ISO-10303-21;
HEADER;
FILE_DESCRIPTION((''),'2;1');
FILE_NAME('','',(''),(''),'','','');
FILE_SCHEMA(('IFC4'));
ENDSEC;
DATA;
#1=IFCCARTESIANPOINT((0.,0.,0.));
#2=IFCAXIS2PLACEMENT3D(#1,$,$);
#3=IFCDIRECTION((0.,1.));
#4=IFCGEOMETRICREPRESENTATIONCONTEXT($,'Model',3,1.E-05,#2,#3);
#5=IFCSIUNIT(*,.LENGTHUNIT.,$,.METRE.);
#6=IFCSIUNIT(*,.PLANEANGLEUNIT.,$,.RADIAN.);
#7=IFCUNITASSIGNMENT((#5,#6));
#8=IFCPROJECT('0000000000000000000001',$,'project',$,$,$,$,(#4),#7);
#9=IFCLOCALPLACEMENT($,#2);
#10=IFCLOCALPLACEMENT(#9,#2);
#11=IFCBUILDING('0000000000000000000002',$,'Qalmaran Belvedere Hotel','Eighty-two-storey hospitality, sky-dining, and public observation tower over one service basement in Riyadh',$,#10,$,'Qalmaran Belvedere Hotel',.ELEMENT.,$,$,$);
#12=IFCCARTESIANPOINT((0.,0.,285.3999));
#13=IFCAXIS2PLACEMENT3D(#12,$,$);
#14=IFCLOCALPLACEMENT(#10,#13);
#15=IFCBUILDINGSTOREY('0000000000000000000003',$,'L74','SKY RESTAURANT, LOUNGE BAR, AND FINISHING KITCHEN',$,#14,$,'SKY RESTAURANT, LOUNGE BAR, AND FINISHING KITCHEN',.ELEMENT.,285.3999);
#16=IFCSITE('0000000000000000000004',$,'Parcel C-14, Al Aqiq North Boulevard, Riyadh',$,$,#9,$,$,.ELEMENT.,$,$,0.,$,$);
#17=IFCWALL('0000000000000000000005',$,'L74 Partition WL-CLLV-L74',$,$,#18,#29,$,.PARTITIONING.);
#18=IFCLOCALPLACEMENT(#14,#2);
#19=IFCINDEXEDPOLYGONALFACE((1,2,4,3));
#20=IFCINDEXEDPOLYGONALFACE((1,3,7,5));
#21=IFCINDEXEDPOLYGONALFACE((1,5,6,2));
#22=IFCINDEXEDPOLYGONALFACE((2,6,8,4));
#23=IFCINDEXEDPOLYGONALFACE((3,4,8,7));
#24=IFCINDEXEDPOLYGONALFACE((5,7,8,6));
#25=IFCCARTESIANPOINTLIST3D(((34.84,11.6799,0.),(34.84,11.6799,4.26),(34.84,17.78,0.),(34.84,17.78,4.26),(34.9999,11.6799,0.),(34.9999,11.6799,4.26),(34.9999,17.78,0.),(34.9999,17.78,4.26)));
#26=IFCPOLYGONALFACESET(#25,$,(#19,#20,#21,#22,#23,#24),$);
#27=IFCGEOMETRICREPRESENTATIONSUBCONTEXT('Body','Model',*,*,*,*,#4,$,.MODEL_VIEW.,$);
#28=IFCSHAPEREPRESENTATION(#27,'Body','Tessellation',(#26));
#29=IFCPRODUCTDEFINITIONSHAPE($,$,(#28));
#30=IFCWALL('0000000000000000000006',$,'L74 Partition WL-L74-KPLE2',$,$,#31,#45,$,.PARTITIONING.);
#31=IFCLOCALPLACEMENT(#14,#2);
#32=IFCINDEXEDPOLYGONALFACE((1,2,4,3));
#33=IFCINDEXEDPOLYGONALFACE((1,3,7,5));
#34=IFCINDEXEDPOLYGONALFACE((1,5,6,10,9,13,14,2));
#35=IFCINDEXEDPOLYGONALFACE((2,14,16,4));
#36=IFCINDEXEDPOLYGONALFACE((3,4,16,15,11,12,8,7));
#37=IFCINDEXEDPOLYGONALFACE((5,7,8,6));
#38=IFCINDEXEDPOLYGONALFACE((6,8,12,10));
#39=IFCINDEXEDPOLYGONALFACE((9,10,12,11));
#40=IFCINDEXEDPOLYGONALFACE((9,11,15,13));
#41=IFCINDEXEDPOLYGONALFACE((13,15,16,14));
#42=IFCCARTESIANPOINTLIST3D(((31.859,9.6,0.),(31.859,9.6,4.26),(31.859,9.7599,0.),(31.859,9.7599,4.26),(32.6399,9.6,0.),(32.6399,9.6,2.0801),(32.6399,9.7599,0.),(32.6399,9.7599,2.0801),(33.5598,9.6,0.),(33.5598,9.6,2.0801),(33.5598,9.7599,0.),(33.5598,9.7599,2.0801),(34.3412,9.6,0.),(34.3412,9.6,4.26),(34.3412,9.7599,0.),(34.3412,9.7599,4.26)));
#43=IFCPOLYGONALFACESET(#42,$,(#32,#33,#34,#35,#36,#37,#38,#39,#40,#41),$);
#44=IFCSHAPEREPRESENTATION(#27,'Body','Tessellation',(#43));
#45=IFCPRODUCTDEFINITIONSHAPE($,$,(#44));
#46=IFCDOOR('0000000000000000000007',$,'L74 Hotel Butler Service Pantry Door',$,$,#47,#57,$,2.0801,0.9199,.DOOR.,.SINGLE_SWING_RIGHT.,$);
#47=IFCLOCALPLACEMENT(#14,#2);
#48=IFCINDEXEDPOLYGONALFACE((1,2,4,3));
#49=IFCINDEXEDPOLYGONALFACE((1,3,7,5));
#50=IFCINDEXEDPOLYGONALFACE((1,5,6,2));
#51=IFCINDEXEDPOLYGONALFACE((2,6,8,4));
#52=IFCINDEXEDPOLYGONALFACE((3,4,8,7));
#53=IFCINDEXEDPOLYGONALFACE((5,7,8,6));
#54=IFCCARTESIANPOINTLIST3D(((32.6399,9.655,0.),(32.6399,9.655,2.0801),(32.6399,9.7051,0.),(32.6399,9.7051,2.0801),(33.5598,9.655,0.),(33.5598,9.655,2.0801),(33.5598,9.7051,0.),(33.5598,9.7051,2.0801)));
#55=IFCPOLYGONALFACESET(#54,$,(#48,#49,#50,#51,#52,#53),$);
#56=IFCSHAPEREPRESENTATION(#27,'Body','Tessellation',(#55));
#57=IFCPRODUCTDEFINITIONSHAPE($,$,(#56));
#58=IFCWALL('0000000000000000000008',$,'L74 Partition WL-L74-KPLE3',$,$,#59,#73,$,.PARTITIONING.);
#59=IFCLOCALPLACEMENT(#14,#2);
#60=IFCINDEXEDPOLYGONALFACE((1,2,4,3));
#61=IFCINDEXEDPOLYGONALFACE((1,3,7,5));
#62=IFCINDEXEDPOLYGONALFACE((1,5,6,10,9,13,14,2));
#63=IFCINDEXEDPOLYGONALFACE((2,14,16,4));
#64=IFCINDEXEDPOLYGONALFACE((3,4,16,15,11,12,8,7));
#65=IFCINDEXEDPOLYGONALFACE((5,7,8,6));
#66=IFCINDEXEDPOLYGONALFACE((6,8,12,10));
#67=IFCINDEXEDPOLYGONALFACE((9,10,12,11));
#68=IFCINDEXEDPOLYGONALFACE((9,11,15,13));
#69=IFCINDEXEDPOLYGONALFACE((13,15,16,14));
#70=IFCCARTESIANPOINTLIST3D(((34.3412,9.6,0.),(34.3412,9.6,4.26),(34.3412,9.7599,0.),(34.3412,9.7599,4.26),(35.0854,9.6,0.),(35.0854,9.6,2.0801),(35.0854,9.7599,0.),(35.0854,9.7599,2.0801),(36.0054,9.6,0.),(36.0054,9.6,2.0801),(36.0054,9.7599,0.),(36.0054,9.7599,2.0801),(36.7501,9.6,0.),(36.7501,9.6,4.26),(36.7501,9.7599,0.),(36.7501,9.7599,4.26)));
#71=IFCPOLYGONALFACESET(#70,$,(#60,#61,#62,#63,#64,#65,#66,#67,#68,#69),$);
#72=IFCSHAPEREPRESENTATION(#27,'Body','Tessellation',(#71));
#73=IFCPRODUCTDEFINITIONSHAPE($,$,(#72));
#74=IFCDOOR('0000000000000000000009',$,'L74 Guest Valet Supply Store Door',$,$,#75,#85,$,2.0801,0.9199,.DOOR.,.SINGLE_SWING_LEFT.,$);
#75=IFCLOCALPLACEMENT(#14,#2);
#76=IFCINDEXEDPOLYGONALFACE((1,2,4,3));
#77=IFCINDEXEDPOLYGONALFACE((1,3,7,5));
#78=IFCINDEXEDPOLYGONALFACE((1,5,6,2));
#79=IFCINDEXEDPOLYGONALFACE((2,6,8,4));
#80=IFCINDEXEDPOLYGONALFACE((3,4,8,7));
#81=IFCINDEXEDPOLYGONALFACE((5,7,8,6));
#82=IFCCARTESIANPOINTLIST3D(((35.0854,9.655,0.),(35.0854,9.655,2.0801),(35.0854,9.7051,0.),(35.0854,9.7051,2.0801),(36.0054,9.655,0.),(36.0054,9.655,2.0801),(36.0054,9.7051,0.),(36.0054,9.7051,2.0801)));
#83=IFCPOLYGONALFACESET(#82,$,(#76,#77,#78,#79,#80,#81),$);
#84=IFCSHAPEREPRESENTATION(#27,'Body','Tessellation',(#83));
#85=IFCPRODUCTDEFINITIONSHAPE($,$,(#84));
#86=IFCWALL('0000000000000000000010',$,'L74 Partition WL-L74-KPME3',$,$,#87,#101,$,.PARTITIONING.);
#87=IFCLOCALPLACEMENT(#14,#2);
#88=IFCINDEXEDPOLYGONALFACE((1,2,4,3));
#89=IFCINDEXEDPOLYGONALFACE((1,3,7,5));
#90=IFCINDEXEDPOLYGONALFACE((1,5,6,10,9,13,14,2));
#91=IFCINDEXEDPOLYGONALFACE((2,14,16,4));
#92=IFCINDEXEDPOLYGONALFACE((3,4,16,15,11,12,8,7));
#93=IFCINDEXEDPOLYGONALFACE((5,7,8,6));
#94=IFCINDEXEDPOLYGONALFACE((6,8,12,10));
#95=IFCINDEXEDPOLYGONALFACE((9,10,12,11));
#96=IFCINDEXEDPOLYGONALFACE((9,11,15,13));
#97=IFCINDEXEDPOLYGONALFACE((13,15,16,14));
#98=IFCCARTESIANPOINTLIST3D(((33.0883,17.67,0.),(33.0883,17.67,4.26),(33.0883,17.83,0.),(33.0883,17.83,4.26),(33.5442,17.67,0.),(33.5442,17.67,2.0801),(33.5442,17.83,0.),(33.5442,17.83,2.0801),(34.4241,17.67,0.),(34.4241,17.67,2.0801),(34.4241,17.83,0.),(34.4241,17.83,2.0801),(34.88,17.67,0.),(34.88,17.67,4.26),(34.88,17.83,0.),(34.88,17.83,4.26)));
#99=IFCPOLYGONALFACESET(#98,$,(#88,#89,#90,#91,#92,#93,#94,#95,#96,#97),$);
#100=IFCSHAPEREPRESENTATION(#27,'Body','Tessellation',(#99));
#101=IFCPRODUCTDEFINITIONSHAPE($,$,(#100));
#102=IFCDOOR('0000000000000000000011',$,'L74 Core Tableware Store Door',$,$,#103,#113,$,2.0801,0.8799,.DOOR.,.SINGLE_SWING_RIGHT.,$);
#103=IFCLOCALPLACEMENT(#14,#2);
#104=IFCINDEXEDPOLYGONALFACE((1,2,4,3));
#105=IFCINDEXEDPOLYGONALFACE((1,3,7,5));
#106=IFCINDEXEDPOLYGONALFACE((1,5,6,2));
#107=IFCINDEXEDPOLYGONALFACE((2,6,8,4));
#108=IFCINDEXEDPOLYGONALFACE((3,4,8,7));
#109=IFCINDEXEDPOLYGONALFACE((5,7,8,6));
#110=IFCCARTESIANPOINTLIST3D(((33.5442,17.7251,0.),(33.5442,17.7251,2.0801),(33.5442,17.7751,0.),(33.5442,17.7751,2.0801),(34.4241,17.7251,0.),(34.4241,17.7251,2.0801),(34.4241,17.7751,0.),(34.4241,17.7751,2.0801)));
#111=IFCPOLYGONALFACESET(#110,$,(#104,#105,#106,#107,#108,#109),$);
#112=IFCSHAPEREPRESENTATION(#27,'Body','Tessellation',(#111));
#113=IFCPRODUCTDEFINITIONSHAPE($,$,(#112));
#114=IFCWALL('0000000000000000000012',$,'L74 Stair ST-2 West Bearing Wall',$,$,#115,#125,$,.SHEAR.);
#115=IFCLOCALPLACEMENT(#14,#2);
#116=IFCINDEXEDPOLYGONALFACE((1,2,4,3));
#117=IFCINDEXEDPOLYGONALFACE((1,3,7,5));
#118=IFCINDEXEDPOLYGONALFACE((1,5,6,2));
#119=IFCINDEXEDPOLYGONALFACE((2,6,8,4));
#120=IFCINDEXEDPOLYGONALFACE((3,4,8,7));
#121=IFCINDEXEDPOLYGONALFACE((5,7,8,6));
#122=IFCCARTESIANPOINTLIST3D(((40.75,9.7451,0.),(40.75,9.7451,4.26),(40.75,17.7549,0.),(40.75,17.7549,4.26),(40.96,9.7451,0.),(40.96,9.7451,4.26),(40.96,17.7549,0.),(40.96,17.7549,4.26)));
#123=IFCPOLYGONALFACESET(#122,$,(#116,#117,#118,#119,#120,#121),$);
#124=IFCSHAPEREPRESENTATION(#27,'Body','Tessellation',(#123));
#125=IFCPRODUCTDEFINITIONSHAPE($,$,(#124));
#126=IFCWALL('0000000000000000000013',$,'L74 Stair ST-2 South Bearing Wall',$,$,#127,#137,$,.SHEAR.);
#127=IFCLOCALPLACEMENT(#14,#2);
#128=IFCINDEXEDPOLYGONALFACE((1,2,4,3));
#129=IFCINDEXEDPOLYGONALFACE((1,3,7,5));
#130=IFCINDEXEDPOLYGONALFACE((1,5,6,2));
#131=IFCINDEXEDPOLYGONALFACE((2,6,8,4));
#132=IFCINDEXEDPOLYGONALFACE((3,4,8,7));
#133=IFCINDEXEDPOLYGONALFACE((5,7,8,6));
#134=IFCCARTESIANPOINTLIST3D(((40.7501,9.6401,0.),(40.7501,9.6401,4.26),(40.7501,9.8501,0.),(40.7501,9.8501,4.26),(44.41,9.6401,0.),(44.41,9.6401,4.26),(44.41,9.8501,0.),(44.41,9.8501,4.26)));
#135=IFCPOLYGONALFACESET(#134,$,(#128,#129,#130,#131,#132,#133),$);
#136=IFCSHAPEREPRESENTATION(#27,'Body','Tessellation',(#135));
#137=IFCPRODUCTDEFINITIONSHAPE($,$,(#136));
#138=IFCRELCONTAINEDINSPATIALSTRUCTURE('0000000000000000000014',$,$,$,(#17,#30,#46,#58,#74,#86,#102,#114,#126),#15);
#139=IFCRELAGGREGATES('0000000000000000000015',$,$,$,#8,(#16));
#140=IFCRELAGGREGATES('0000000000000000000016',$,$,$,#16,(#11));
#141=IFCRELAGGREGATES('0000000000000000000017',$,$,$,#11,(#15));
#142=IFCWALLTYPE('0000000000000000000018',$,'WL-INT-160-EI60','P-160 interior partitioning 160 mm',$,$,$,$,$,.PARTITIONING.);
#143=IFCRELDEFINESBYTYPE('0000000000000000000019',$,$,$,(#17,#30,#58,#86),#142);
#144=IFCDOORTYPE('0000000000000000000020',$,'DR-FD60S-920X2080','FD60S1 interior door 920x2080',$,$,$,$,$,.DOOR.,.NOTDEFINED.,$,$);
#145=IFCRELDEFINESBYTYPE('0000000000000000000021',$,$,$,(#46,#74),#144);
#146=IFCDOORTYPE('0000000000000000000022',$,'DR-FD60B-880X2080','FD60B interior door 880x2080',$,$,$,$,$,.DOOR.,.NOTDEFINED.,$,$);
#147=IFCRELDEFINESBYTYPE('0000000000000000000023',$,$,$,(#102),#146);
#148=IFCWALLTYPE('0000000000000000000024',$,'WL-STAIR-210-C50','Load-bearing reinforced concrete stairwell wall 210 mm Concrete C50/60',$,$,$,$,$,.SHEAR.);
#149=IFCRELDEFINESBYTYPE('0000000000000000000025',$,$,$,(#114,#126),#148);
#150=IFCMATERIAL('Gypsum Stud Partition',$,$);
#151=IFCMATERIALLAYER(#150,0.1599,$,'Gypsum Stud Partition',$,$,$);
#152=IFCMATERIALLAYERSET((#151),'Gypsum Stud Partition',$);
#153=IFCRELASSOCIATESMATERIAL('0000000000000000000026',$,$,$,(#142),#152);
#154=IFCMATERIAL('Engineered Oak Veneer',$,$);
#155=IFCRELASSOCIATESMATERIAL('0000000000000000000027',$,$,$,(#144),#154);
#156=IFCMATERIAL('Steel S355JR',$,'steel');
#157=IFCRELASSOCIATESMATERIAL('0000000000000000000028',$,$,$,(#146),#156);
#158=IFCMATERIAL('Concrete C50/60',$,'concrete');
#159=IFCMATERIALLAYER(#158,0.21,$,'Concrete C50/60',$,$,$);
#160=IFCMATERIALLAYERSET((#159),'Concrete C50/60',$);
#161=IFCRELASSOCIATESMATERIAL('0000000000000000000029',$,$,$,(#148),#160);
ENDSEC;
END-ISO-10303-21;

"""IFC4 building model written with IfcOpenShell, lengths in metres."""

from ifc_helpers import new_model, si_unit, direction, frame, frame_2d, origin, place, context, subcontext, project, spatial, rectangle, extrude, material, layer, layer_set, type_object, element, fill, save


model = new_model("IFC4")

# Units and contexts
model_context = context("Model", 3, precision=1e-05, world=origin(), true_north=direction((0.0, 1.0)))
body_context = subcontext(model_context, "Body", "Model", "MODEL_VIEW")
ifc_project = project(units=[si_unit("LENGTHUNIT", "METRE"), si_unit("PLANEANGLEUNIT", "RADIAN")], contexts=[model_context])

# Site, building, storey
site_placement = place(None, origin())
site = spatial("IfcSite", under=ifc_project, at=site_placement, Name="Parcel C-14, Al Aqiq North Boulevard, Riyadh", CompositionType="ELEMENT", RefElevation=0.0)
building_placement = place(site_placement, origin())
building = spatial("IfcBuilding", under=site, at=building_placement, Name="Qalmaran Belvedere Hotel", Description="Eighty-two-storey hospitality, sky-dining, and public observation tower over one service basement in Riyadh", LongName="Qalmaran Belvedere Hotel", CompositionType="ELEMENT")
storey_placement = place(building_placement, frame((0.0, 0.0, 285.3999)))
storey = spatial("IfcBuildingStorey", under=building, at=storey_placement, Name="L74", Description="SKY RESTAURANT, LOUNGE BAR, AND FINISHING KITCHEN", LongName="SKY RESTAURANT, LOUNGE BAR, AND FINISHING KITCHEN", CompositionType="ELEMENT", Elevation=285.3999)

# Shared definitions
ifc_material_1 = material(Name="Concrete C50/60", Category="concrete")

# Shared definitions
ifc_material_2 = material(Name="Steel S355JR", Category="steel")

# Shared definitions
ifc_material_3 = material(Name="Gypsum Stud Partition")

# Shared definitions
ifc_layer_1 = layer(ifc_material_3, 0.1599, Name="Gypsum Stud Partition")
ifc_layer_set_1 = layer_set([ifc_layer_1], Name="Gypsum Stud Partition")
wall_type_1 = type_object("IfcWallType", Name="WL-INT-160-EI60", Description="P-160 interior partitioning 160 mm", PredefinedType="PARTITIONING", material=ifc_layer_set_1)
ifc_material_4 = material(Name="Engineered Oak Veneer")
door_type_1 = type_object("IfcDoorType", Name="DR-FD60S-920X2080", Description="FD60S1 interior door 920x2080", OperationType="NOTDEFINED", PredefinedType="DOOR", material=ifc_material_4)

# Wall
wall_1_placement = place(storey_placement, frame((34.9199, 11.6799, 0.0), z_axis=(0.0, 0.0, 1.0), x_axis=(0.0, 1.0, 0.0)))
element("IfcWall", 1, at=wall_1_placement, inside=storey, type_object=wall_type_1, Name="L74 Partition WL-CLLV-L74", PredefinedType="PARTITIONING", context=body_context, shape_type="SweptSolid", body=[
    extrude(rectangle(XDim=6.1001, YDim=0.1599, at=frame_2d((3.05, 0.0))), origin(), (0.0, 0.0, 1.0), 4.26),
])

# Walls, openings, doors
wall_2_placement = place(storey_placement, frame((31.8589, 9.6799, 0.0), z_axis=(0.0, 0.0, 1.0), x_axis=(1.0, 0.0, 0.0)))
wall_2 = element("IfcWall", 2, at=wall_2_placement, inside=storey, type_object=wall_type_1, Name="L74 Partition WL-L74-KPLE2", PredefinedType="PARTITIONING", context=body_context, shape_type="SweptSolid", body=[
    extrude(rectangle(XDim=2.4822, YDim=0.1599, at=frame_2d((1.2412, 0.0))), origin(), (0.0, 0.0, 1.0), 4.26),
])
opening_1_placement = place(wall_2_placement, frame((1.7009, 0.0, 0.0), z_axis=(0.0, 0.0, 1.0), x_axis=(-1.0, 0.0, 0.0)))
opening_1 = element("IfcOpeningElement", 3, at=opening_1_placement, cuts=wall_2, PredefinedType="OPENING", context=body_context, shape_type="SweptSolid", body=[
    extrude(rectangle(XDim=0.9199, YDim=2.0801, at=frame_2d((0.46, 1.04))), frame((0.0, 0.0898, 0.0), z_axis=(0.0, -1.0, 0.0), x_axis=(1.0, 0.0, 0.0)), (0.0, 0.0, 1.0), 0.1799),
])
door_1_placement = place(opening_1_placement, origin())
door_1 = element("IfcDoor", 4, at=door_1_placement, inside=storey, type_object=door_type_1, Name="L74 Hotel Butler Service Pantry Door", OperationType="SINGLE_SWING_RIGHT", OverallHeight=2.0801, OverallWidth=0.9199, PredefinedType="DOOR", context=body_context, shape_type="SweptSolid", body=[
    extrude(rectangle(XDim=0.9199, YDim=2.0801, at=frame_2d((0.46, 1.04))), frame((0.0, 0.0249, 0.0), z_axis=(0.0, -1.0, 0.0), x_axis=(1.0, 0.0, 0.0)), (0.0, 0.0, 1.0), 0.05),
])
fill(opening_1, door_1)
wall_3_placement = place(storey_placement, frame((34.3411, 9.6799, 0.0), z_axis=(0.0, 0.0, 1.0), x_axis=(1.0, 0.0, 0.0)))
wall_3 = element("IfcWall", 5, at=wall_3_placement, inside=storey, type_object=wall_type_1, Name="L74 Partition WL-L74-KPLE3", PredefinedType="PARTITIONING", context=body_context, shape_type="SweptSolid", body=[
    extrude(rectangle(XDim=2.4089, YDim=0.1599, at=frame_2d((1.2046, 0.0))), origin(), (0.0, 0.0, 1.0), 4.26),
])
opening_2_placement = place(wall_3_placement, frame((1.6643, 0.0, 0.0), z_axis=(0.0, 0.0, 1.0), x_axis=(-1.0, 0.0, 0.0)))
opening_2 = element("IfcOpeningElement", 6, at=opening_2_placement, cuts=wall_3, PredefinedType="OPENING", context=body_context, shape_type="SweptSolid", body=[
    extrude(rectangle(XDim=0.9199, YDim=2.0801, at=frame_2d((0.46, 1.04))), frame((0.0, 0.0898, 0.0), z_axis=(0.0, -1.0, 0.0), x_axis=(1.0, 0.0, 0.0)), (0.0, 0.0, 1.0), 0.1799),
])
door_2_placement = place(opening_2_placement, origin())
door_2 = element("IfcDoor", 7, at=door_2_placement, inside=storey, type_object=door_type_1, Name="L74 Guest Valet Supply Store Door", OperationType="SINGLE_SWING_LEFT", OverallHeight=2.0801, OverallWidth=0.9199, PredefinedType="DOOR", context=body_context, shape_type="SweptSolid", body=[
    extrude(rectangle(XDim=0.9199, YDim=2.0801, at=frame_2d((0.46, 1.04))), frame((0.0, 0.0249, 0.0), z_axis=(0.0, -1.0, 0.0), x_axis=(1.0, 0.0, 0.0)), (0.0, 0.0, 1.0), 0.05),
])
fill(opening_2, door_2)
wall_4_placement = place(storey_placement, frame((33.0881, 17.75, 0.0), z_axis=(0.0, 0.0, 1.0), x_axis=(1.0, 0.0, 0.0)))
wall_4 = element("IfcWall", 8, at=wall_4_placement, inside=storey, type_object=wall_type_1, Name="L74 Partition WL-L74-KPME3", PredefinedType="PARTITIONING", context=body_context, shape_type="SweptSolid", body=[
    extrude(rectangle(XDim=1.7917, YDim=0.1599, at=frame_2d((0.896, 0.0))), origin(), (0.0, 0.0, 1.0), 4.26),
])
opening_3_placement = place(wall_4_placement, frame((1.3359, 0.0, 0.0), z_axis=(0.0, 0.0, 1.0), x_axis=(-1.0, 0.0, 0.0)))
opening_3 = element("IfcOpeningElement", 9, at=opening_3_placement, cuts=wall_4, PredefinedType="OPENING", context=body_context, shape_type="SweptSolid", body=[
    extrude(rectangle(XDim=0.8799, YDim=2.0801, at=frame_2d((0.4399, 1.04))), frame((0.0, 0.0898, 0.0), z_axis=(0.0, -1.0, 0.0), x_axis=(1.0, 0.0, 0.0)), (0.0, 0.0, 1.0), 0.1799),
])
door_type_2 = type_object("IfcDoorType", Name="DR-FD60B-880X2080", Description="FD60B interior door 880x2080", OperationType="NOTDEFINED", PredefinedType="DOOR", material=ifc_material_2)
door_3_placement = place(opening_3_placement, origin())
door_3 = element("IfcDoor", 10, at=door_3_placement, inside=storey, type_object=door_type_2, Name="L74 Core Tableware Store Door", OperationType="SINGLE_SWING_RIGHT", OverallHeight=2.0801, OverallWidth=0.8799, PredefinedType="DOOR", context=body_context, shape_type="SweptSolid", body=[
    extrude(rectangle(XDim=0.8799, YDim=2.0801, at=frame_2d((0.4399, 1.04))), frame((0.0, 0.0249, 0.0), z_axis=(0.0, -1.0, 0.0), x_axis=(1.0, 0.0, 0.0)), (0.0, 0.0, 1.0), 0.05),
])
fill(opening_3, door_3)

# Walls
ifc_layer_2 = layer(ifc_material_1, 0.21, Name="Concrete C50/60")
ifc_layer_set_2 = layer_set([ifc_layer_2], Name="Concrete C50/60")
wall_type_2 = type_object("IfcWallType", Name="WL-STAIR-210-C50", Description="Load-bearing reinforced concrete stairwell wall 210 mm Concrete C50/60", PredefinedType="SHEAR", material=ifc_layer_set_2)
wall_5_placement = place(storey_placement, frame((40.855, 9.7451, 0.0), z_axis=(0.0, 0.0, 1.0), x_axis=(0.0, 1.0, 0.0)))
element("IfcWall", 11, at=wall_5_placement, inside=storey, type_object=wall_type_2, Name="L74 Stair ST-2 West Bearing Wall", PredefinedType="SHEAR", context=body_context, shape_type="SweptSolid", body=[
    extrude(rectangle(XDim=8.0098, YDim=0.21, at=frame_2d((4.0049, 0.0))), origin(), (0.0, 0.0, 1.0), 4.26),
])
wall_6_placement = place(storey_placement, frame((40.75, 9.7451, 0.0), z_axis=(0.0, 0.0, 1.0), x_axis=(1.0, 0.0, 0.0)))
element("IfcWall", 12, at=wall_6_placement, inside=storey, type_object=wall_type_2, Name="L74 Stair ST-2 South Bearing Wall", PredefinedType="SHEAR", context=body_context, shape_type="SweptSolid", body=[
    extrude(rectangle(XDim=3.6599, YDim=0.21, at=frame_2d((1.8301, 0.0))), origin(), (0.0, 0.0, 1.0), 4.26),
])

save(model, "model.ifc")
